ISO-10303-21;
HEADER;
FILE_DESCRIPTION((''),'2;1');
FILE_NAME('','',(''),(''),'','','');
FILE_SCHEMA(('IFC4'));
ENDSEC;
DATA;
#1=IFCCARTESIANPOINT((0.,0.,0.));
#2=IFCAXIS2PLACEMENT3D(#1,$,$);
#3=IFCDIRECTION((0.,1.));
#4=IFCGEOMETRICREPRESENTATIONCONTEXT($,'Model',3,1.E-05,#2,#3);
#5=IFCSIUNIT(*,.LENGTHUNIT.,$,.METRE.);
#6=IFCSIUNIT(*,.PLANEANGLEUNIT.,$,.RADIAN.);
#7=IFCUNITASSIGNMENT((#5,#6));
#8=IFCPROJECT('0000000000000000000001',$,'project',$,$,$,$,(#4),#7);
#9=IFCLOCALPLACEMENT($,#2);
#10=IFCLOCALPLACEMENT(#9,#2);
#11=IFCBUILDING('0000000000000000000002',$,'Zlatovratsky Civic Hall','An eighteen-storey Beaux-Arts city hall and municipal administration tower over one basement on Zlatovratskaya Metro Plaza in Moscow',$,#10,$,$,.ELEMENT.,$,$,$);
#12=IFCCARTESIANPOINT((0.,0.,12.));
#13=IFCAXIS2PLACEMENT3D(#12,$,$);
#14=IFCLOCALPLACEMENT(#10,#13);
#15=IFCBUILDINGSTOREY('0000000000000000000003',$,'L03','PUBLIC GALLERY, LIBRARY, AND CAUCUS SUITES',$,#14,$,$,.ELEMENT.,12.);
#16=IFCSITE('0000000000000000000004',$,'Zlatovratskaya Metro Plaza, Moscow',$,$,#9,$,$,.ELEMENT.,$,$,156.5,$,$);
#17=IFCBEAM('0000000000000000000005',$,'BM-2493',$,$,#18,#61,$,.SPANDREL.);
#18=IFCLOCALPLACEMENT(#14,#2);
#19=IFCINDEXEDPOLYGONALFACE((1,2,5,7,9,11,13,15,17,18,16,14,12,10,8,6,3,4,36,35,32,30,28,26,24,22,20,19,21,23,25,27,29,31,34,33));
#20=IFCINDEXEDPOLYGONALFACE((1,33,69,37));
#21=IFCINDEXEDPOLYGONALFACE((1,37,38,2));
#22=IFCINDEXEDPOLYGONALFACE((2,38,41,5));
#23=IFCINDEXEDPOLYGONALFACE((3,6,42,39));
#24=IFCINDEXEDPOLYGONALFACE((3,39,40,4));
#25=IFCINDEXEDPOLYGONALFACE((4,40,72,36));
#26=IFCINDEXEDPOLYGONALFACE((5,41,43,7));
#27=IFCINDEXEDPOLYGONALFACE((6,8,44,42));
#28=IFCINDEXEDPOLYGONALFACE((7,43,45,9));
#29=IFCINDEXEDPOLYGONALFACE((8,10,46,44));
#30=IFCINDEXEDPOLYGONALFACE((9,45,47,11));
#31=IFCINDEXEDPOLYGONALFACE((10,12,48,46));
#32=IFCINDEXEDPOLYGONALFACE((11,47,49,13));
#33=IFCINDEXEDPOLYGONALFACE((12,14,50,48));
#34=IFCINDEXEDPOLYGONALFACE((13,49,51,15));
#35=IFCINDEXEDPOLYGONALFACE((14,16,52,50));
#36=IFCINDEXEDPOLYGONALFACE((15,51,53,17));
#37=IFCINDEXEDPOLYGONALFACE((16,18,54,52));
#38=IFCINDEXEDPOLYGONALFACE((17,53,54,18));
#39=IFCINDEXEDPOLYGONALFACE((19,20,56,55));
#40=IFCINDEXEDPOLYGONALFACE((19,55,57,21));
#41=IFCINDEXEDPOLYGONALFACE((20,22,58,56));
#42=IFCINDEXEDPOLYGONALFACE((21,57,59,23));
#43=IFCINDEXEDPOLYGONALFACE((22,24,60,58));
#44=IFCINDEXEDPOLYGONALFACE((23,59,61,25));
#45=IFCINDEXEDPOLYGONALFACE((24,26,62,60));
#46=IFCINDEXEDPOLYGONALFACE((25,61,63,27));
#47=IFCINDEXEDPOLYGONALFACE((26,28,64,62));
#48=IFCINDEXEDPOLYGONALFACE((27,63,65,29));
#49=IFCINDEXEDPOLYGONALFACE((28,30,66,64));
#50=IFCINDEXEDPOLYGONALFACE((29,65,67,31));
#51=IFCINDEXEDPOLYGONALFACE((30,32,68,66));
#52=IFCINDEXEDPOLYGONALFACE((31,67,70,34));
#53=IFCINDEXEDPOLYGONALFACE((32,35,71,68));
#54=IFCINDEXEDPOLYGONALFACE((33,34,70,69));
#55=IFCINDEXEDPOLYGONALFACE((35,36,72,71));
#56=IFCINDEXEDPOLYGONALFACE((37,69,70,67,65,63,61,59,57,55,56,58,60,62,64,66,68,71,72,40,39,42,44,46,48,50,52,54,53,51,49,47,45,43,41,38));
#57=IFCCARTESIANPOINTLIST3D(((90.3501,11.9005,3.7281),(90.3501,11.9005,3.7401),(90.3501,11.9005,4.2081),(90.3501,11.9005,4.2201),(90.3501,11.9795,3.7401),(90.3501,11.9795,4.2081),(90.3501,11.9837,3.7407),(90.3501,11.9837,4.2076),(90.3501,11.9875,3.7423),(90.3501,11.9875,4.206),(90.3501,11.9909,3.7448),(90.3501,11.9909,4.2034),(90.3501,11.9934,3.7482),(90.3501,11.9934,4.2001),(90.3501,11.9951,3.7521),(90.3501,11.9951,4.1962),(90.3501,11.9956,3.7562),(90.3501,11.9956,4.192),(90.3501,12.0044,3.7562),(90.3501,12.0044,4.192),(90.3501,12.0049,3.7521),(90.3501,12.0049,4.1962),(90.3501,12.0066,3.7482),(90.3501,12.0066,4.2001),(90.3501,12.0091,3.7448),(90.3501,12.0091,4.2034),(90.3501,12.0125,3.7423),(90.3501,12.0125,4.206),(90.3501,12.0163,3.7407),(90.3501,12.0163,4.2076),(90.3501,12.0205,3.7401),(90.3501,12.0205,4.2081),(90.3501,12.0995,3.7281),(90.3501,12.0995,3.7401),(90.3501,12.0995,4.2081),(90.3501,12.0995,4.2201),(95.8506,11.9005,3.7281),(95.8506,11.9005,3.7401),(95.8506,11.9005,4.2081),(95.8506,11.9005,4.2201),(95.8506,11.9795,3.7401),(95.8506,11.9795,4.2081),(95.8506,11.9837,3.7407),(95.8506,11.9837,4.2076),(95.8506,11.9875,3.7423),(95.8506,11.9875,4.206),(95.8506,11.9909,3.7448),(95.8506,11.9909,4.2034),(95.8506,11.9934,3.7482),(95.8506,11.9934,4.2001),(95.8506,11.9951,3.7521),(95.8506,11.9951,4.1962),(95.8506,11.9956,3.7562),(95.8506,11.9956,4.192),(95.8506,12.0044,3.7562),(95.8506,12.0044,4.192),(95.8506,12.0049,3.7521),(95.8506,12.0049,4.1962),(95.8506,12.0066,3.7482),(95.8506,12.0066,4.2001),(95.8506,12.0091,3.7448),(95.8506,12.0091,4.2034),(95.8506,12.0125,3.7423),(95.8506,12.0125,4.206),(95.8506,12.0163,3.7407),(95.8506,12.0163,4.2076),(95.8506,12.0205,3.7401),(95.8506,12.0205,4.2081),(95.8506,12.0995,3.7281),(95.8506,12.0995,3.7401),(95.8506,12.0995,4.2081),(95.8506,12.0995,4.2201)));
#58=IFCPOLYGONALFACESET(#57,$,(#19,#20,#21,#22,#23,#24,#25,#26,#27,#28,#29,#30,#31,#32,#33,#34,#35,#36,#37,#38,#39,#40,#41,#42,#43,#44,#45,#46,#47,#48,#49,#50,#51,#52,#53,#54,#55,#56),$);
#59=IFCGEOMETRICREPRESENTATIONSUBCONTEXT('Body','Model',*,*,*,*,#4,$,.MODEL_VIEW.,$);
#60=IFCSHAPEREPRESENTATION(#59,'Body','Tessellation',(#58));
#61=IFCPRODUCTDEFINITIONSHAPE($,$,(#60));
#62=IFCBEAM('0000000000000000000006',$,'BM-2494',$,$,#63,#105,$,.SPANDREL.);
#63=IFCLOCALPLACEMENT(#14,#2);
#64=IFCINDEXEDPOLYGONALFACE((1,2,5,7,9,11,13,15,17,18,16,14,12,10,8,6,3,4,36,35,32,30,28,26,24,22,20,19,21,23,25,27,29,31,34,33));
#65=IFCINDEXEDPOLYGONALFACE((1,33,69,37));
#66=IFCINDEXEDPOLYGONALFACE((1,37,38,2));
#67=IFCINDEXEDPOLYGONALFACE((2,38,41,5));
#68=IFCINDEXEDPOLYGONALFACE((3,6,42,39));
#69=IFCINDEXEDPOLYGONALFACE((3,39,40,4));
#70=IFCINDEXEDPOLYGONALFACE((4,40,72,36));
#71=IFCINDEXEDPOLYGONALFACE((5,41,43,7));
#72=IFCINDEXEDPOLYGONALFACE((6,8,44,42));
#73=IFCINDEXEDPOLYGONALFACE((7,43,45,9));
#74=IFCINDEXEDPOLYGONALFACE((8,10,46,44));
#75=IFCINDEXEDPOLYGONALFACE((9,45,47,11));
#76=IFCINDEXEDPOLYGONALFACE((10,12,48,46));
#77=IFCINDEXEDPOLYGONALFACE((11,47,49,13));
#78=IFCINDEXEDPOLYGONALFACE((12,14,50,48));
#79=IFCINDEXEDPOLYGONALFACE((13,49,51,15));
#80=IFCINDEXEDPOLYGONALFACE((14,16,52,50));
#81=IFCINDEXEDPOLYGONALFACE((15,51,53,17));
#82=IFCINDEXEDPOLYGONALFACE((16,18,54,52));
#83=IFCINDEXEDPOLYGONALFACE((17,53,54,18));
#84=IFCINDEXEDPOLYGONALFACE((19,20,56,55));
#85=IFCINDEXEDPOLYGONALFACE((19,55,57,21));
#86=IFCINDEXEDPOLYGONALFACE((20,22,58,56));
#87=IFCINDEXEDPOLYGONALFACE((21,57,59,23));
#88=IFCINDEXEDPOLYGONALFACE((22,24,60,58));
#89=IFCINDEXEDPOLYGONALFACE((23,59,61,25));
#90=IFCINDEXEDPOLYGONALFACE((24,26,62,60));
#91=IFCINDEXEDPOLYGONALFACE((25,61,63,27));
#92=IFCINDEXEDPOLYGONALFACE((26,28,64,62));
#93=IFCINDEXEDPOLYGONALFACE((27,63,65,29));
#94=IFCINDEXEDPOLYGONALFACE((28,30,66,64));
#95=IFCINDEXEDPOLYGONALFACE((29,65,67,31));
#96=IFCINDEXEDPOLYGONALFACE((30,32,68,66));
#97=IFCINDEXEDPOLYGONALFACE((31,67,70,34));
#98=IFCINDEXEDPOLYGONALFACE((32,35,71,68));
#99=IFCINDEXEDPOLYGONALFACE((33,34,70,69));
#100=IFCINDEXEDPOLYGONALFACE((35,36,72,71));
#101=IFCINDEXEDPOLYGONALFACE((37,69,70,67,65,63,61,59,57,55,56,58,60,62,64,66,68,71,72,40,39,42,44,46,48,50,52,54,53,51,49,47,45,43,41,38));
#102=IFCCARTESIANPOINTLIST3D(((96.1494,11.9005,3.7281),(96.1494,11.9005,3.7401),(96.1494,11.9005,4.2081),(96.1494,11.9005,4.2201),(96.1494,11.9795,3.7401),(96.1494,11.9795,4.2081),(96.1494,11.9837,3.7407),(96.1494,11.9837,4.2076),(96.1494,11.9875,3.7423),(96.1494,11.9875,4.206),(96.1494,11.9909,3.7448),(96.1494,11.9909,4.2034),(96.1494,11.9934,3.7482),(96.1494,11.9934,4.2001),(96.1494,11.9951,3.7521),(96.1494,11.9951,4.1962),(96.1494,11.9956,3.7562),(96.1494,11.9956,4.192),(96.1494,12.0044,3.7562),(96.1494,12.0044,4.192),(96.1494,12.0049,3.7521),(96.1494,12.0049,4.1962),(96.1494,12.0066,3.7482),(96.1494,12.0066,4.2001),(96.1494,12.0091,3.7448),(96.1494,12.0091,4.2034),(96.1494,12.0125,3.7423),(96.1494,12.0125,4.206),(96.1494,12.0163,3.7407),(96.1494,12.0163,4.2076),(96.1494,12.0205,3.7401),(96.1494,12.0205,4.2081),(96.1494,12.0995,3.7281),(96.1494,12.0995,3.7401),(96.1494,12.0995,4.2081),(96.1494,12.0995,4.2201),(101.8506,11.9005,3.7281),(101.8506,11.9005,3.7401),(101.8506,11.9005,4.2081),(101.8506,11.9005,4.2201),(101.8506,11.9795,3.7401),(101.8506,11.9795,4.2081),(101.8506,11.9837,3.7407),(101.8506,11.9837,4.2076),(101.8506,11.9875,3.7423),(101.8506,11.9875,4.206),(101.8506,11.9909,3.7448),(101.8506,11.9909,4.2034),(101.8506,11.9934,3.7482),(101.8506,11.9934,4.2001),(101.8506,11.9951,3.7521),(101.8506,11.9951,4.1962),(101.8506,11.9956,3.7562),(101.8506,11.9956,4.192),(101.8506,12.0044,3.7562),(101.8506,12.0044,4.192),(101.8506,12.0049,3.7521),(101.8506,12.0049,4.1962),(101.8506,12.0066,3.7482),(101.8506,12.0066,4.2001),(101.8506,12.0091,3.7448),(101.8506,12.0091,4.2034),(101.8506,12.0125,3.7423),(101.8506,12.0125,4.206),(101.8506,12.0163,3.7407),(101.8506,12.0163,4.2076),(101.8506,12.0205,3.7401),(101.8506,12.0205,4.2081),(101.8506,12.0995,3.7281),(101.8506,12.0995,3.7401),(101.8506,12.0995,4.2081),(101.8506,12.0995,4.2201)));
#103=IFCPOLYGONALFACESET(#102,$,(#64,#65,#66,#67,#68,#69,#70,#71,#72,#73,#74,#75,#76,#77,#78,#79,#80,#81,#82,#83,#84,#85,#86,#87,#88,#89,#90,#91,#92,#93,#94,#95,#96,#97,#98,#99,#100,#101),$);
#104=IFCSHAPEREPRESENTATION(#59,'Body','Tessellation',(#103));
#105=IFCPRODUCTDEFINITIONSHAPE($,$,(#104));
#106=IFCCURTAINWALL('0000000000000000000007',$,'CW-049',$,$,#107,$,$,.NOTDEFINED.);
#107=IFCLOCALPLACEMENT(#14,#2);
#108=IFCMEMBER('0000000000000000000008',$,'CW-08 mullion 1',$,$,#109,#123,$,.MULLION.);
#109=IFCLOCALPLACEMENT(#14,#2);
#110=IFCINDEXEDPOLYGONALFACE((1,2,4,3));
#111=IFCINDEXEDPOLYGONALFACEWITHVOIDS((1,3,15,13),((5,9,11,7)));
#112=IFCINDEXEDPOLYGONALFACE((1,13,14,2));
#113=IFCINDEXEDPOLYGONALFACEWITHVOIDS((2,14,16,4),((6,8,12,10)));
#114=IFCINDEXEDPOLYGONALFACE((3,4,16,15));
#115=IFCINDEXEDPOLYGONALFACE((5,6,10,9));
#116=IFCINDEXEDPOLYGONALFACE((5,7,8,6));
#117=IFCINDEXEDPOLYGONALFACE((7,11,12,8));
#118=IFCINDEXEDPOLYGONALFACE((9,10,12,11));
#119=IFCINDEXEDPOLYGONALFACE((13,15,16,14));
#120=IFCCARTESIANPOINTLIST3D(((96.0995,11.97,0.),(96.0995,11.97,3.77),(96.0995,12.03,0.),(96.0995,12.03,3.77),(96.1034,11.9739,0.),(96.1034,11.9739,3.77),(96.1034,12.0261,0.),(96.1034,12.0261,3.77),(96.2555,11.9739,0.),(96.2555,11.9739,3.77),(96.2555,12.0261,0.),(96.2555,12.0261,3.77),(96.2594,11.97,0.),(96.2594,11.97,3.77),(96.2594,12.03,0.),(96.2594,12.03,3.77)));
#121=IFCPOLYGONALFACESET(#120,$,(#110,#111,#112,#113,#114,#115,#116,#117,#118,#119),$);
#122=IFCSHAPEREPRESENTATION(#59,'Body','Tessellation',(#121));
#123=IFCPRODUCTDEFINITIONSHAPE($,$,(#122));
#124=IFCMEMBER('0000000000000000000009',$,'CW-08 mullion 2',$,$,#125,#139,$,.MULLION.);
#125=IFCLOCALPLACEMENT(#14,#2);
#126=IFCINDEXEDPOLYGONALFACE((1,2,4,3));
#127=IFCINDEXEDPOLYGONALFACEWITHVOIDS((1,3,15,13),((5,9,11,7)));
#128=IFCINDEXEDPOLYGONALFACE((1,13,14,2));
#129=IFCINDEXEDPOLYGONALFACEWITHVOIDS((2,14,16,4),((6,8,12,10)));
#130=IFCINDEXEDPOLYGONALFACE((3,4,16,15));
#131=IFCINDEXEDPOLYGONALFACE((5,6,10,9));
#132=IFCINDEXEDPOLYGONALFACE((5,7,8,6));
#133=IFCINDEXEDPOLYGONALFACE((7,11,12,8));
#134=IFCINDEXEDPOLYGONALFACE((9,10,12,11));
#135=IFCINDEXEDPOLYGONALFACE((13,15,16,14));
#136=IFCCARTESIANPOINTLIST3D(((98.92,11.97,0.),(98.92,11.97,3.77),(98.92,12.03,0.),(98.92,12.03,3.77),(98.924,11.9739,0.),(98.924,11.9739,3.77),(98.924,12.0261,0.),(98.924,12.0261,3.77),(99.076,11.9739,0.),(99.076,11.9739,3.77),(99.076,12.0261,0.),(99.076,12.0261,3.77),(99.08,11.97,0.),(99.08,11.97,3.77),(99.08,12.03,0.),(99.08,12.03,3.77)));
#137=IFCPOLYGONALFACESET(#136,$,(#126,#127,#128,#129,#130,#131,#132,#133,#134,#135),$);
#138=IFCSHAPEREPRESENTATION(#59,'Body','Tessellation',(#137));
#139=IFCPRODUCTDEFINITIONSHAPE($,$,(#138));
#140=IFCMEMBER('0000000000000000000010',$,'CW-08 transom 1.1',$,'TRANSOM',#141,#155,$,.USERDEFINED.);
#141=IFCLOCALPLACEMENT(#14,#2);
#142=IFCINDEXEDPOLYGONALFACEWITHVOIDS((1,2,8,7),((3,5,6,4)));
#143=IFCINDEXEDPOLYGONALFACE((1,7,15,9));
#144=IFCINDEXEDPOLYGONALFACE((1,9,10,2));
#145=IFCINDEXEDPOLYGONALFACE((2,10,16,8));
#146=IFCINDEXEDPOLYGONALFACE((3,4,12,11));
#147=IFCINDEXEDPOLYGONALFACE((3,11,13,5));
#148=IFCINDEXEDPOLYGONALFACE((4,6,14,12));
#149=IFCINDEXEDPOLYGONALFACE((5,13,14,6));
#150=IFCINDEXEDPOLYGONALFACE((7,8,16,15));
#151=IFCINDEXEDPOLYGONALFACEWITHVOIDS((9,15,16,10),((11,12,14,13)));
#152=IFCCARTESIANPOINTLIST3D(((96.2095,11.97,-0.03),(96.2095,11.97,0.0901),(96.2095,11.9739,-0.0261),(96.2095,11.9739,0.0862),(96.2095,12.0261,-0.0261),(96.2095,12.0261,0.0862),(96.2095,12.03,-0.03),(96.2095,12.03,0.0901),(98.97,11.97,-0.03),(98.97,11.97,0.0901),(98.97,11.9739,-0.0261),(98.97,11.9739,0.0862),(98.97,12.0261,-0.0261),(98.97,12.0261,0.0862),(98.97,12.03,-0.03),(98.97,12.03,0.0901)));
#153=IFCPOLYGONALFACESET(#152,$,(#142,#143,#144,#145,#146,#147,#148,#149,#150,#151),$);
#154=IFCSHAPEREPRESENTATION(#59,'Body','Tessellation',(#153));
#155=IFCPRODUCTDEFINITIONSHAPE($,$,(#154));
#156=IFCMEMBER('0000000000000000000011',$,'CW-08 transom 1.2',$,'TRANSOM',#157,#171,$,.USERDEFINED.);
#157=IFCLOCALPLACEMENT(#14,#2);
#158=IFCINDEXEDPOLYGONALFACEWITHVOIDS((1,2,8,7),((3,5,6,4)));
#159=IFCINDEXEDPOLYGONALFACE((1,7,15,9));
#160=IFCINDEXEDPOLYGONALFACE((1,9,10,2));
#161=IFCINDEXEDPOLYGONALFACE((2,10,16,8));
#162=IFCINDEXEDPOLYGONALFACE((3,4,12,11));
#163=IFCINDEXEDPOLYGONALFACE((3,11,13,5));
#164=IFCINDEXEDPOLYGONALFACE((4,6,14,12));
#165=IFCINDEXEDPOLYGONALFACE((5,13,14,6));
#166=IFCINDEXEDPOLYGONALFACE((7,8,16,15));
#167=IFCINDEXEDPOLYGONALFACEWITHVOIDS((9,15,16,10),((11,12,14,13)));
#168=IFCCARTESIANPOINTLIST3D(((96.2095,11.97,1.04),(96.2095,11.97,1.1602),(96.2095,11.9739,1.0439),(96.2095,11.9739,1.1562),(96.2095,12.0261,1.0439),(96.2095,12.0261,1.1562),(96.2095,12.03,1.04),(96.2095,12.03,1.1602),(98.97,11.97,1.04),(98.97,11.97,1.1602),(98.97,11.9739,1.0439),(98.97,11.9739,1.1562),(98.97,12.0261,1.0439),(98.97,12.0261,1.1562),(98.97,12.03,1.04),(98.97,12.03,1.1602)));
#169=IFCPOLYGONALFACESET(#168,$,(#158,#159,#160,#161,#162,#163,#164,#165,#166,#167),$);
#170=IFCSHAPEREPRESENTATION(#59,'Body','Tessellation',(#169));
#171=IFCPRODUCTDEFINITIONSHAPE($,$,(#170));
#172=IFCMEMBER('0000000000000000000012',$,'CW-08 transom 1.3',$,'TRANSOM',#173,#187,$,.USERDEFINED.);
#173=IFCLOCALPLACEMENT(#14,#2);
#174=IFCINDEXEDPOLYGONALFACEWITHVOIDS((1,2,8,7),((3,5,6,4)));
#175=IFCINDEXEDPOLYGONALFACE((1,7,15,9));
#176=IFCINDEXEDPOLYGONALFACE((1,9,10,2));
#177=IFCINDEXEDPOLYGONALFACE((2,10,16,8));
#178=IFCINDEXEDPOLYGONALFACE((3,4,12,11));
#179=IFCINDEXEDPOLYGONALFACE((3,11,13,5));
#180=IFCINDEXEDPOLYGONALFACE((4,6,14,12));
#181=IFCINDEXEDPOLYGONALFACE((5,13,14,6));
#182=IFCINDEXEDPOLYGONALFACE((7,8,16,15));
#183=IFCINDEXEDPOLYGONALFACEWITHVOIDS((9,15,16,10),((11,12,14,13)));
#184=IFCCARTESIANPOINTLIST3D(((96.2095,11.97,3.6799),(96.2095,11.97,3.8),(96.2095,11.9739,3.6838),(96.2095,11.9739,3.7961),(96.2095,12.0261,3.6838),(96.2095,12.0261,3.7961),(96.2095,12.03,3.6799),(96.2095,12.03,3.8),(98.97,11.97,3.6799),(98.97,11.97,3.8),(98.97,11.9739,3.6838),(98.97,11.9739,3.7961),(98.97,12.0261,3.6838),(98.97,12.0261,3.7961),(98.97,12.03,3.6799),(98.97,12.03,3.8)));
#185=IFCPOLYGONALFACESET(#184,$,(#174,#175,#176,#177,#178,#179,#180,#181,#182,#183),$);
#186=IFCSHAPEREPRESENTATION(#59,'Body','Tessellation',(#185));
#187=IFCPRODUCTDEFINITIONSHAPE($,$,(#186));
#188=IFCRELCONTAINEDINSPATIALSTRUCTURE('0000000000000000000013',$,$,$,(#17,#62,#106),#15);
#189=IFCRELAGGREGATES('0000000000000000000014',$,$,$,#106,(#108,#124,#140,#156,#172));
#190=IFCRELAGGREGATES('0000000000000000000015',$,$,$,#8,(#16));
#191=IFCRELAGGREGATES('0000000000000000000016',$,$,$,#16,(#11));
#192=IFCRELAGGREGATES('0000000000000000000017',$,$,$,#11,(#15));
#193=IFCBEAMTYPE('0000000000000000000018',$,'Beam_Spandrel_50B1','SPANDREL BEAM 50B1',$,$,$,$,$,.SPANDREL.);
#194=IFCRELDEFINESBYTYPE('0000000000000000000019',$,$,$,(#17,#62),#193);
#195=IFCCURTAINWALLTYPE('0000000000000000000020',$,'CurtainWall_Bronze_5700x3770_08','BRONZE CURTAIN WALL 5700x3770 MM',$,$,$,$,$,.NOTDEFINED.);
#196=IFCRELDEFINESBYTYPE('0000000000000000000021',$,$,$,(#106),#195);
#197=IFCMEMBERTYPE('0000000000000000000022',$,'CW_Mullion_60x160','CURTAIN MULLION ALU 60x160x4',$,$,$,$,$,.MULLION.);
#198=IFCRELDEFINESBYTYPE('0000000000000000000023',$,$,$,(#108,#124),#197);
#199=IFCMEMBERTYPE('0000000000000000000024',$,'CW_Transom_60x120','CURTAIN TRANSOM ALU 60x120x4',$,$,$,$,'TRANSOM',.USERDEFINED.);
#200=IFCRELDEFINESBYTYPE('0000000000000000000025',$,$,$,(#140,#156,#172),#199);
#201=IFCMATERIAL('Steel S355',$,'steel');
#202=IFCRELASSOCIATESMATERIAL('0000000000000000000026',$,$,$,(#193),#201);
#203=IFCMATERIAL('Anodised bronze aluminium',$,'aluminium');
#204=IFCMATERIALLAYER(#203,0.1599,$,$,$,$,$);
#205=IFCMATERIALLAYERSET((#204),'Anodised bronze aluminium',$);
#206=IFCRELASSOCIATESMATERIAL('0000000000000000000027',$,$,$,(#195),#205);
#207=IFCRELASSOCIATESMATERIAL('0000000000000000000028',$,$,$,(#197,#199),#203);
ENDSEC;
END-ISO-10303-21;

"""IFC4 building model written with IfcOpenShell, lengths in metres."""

from ifc_helpers import new_model, si_unit, direction, frame, origin, origin_2d, place, context, subcontext, project, spatial, hollow_rectangle, i_section, extrude, material, layer, layer_set, material_profile, profile_set, type_object, element, aggregate, save


model = new_model("IFC4")

# Units and contexts
model_context = context("Model", 3, precision=1e-05, world=origin(), true_north=direction((0.0, 1.0)))
body_context = subcontext(model_context, "Body", "Model", "MODEL_VIEW")
ifc_project = project(units=[si_unit("LENGTHUNIT", "METRE"), si_unit("PLANEANGLEUNIT", "RADIAN")], contexts=[model_context])

# Site, building, storey
site_placement = place(None, origin())
site = spatial("IfcSite", under=ifc_project, at=site_placement, Name="Zlatovratskaya Metro Plaza, Moscow", CompositionType="ELEMENT", RefElevation=156.5)
building_placement = place(site_placement, origin())
building = spatial("IfcBuilding", under=site, at=building_placement, Name="Zlatovratsky Civic Hall", Description="An eighteen-storey Beaux-Arts city hall and municipal administration tower over one basement on Zlatovratskaya Metro Plaza in Moscow", CompositionType="ELEMENT")
storey_placement = place(building_placement, frame((0.0, 0.0, 12.0)))
storey = spatial("IfcBuildingStorey", under=building, at=storey_placement, Name="L03", Description="PUBLIC GALLERY, LIBRARY, AND CAUCUS SUITES", CompositionType="ELEMENT", Elevation=12.0)

# Shared definitions
ifc_material_1 = material(Name="Steel S355", Category="steel")

# Beams
ifc_material_profile_1 = material_profile(ifc_material_1, i_section(OverallWidth=0.199, OverallDepth=0.4919, WebThickness=0.0088, FlangeThickness=0.012, FilletRadius=0.0161, at=origin_2d()), Name="50B1")
ifc_profile_set_1 = profile_set([ifc_material_profile_1], Name="Steel S355")
beam_type_1 = type_object("IfcBeamType", Name="Beam_Spandrel_50B1", Description="SPANDREL BEAM 50B1", PredefinedType="SPANDREL", material=ifc_profile_set_1)
beam_1_placement = place(storey_placement, frame((90.3501, 12.0, 3.9741), z_axis=(1.0, 0.0, 0.0), x_axis=(0.0, 1.0, 0.0)))
element("IfcBeam", 1, at=beam_1_placement, inside=storey, type_object=beam_type_1, Name="BM-2493", PredefinedType="SPANDREL", context=body_context, shape_type="SweptSolid", body=[
    extrude(i_section(OverallWidth=0.199, OverallDepth=0.4919, WebThickness=0.0088, FlangeThickness=0.012, FilletRadius=0.0161, at=origin_2d()), origin(), (0.0, 0.0, 1.0), 5.5005),
])
beam_2_placement = place(storey_placement, frame((96.1494, 12.0, 3.9741), z_axis=(1.0, 0.0, 0.0), x_axis=(0.0, 1.0, 0.0)))
element("IfcBeam", 2, at=beam_2_placement, inside=storey, type_object=beam_type_1, Name="BM-2494", PredefinedType="SPANDREL", context=body_context, shape_type="SweptSolid", body=[
    extrude(i_section(OverallWidth=0.199, OverallDepth=0.4919, WebThickness=0.0088, FlangeThickness=0.012, FilletRadius=0.0161, at=origin_2d()), origin(), (0.0, 0.0, 1.0), 5.7012),
])

# Curtain wall, members
ifc_material_2 = material(Name="Anodised bronze aluminium", Category="aluminium")
ifc_layer_1 = layer(ifc_material_2, 0.1599)
ifc_layer_set_1 = layer_set([ifc_layer_1], Name="Anodised bronze aluminium")
curtain_wall_type = type_object("IfcCurtainWallType", Name="CurtainWall_Bronze_5700x3770_08", Description="BRONZE CURTAIN WALL 5700x3770 MM", PredefinedType="NOTDEFINED", material=ifc_layer_set_1)
curtain_wall_placement = place(storey_placement, origin())
curtain_wall = element("IfcCurtainWall", 3, at=curtain_wall_placement, inside=storey, type_object=curtain_wall_type, Name="CW-049", PredefinedType="NOTDEFINED")
ifc_material_profile_2 = material_profile(ifc_material_2, hollow_rectangle(XDim=0.0601, YDim=0.1599, WallThickness=0.0039, at=origin_2d()), Name="ALU 60x160x4")
ifc_profile_set_2 = profile_set([ifc_material_profile_2], Name="Anodised bronze aluminium")
member_type_1 = type_object("IfcMemberType", Name="CW_Mullion_60x160", Description="CURTAIN MULLION ALU 60x160x4", PredefinedType="MULLION", material=ifc_profile_set_2)
member_1_placement = place(storey_placement, frame((96.1794, 12.0, 0.0), z_axis=(0.0, 0.0, 1.0), x_axis=(0.0, 1.0, 0.0)))
member_1 = element("IfcMember", 4, at=member_1_placement, type_object=member_type_1, Name="CW-08 mullion 1", PredefinedType="MULLION", context=body_context, shape_type="SweptSolid", body=[
    extrude(hollow_rectangle(XDim=0.0601, YDim=0.1599, WallThickness=0.0039, at=origin_2d()), origin(), (0.0, 0.0, 1.0), 3.77),
])
member_2_placement = place(storey_placement, frame((99.0, 12.0, 0.0), z_axis=(0.0, 0.0, 1.0), x_axis=(0.0, 1.0, 0.0)))
member_2 = element("IfcMember", 5, at=member_2_placement, type_object=member_type_1, Name="CW-08 mullion 2", PredefinedType="MULLION", context=body_context, shape_type="SweptSolid", body=[
    extrude(hollow_rectangle(XDim=0.0601, YDim=0.1599, WallThickness=0.0039, at=origin_2d()), origin(), (0.0, 0.0, 1.0), 3.77),
])
ifc_material_profile_3 = material_profile(ifc_material_2, hollow_rectangle(XDim=0.0601, YDim=0.1201, WallThickness=0.0039, at=origin_2d()), Name="ALU 60x120x4")
ifc_profile_set_3 = profile_set([ifc_material_profile_3], Name="Anodised bronze aluminium")
member_type_2 = type_object("IfcMemberType", Name="CW_Transom_60x120", Description="CURTAIN TRANSOM ALU 60x120x4", ElementType="TRANSOM", PredefinedType="USERDEFINED", material=ifc_profile_set_3)
member_3_placement = place(storey_placement, frame((96.2095, 12.0, 0.03), z_axis=(1.0, 0.0, 0.0), x_axis=(0.0, 1.0, 0.0)))
member_3 = element("IfcMember", 6, at=member_3_placement, type_object=member_type_2, Name="CW-08 transom 1.1", ObjectType="TRANSOM", PredefinedType="USERDEFINED", context=body_context, shape_type="SweptSolid", body=[
    extrude(hollow_rectangle(XDim=0.0601, YDim=0.1201, WallThickness=0.0039, at=origin_2d()), origin(), (0.0, 0.0, 1.0), 2.7605),
])
member_4_placement = place(storey_placement, frame((96.2095, 12.0, 1.1001), z_axis=(1.0, 0.0, 0.0), x_axis=(0.0, 1.0, 0.0)))
member_4 = element("IfcMember", 7, at=member_4_placement, type_object=member_type_2, Name="CW-08 transom 1.2", ObjectType="TRANSOM", PredefinedType="USERDEFINED", context=body_context, shape_type="SweptSolid", body=[
    extrude(hollow_rectangle(XDim=0.0601, YDim=0.1201, WallThickness=0.0039, at=origin_2d()), origin(), (0.0, 0.0, 1.0), 2.7605),
])
member_5_placement = place(storey_placement, frame((96.2095, 12.0, 3.74), z_axis=(1.0, 0.0, 0.0), x_axis=(0.0, 1.0, 0.0)))
member_5 = element("IfcMember", 8, at=member_5_placement, type_object=member_type_2, Name="CW-08 transom 1.3", ObjectType="TRANSOM", PredefinedType="USERDEFINED", context=body_context, shape_type="SweptSolid", body=[
    extrude(hollow_rectangle(XDim=0.0601, YDim=0.1201, WallThickness=0.0039, at=origin_2d()), origin(), (0.0, 0.0, 1.0), 2.7605),
])

aggregate(curtain_wall, [member_1, member_2, member_3, member_4, member_5])

save(model, "model.ifc")
